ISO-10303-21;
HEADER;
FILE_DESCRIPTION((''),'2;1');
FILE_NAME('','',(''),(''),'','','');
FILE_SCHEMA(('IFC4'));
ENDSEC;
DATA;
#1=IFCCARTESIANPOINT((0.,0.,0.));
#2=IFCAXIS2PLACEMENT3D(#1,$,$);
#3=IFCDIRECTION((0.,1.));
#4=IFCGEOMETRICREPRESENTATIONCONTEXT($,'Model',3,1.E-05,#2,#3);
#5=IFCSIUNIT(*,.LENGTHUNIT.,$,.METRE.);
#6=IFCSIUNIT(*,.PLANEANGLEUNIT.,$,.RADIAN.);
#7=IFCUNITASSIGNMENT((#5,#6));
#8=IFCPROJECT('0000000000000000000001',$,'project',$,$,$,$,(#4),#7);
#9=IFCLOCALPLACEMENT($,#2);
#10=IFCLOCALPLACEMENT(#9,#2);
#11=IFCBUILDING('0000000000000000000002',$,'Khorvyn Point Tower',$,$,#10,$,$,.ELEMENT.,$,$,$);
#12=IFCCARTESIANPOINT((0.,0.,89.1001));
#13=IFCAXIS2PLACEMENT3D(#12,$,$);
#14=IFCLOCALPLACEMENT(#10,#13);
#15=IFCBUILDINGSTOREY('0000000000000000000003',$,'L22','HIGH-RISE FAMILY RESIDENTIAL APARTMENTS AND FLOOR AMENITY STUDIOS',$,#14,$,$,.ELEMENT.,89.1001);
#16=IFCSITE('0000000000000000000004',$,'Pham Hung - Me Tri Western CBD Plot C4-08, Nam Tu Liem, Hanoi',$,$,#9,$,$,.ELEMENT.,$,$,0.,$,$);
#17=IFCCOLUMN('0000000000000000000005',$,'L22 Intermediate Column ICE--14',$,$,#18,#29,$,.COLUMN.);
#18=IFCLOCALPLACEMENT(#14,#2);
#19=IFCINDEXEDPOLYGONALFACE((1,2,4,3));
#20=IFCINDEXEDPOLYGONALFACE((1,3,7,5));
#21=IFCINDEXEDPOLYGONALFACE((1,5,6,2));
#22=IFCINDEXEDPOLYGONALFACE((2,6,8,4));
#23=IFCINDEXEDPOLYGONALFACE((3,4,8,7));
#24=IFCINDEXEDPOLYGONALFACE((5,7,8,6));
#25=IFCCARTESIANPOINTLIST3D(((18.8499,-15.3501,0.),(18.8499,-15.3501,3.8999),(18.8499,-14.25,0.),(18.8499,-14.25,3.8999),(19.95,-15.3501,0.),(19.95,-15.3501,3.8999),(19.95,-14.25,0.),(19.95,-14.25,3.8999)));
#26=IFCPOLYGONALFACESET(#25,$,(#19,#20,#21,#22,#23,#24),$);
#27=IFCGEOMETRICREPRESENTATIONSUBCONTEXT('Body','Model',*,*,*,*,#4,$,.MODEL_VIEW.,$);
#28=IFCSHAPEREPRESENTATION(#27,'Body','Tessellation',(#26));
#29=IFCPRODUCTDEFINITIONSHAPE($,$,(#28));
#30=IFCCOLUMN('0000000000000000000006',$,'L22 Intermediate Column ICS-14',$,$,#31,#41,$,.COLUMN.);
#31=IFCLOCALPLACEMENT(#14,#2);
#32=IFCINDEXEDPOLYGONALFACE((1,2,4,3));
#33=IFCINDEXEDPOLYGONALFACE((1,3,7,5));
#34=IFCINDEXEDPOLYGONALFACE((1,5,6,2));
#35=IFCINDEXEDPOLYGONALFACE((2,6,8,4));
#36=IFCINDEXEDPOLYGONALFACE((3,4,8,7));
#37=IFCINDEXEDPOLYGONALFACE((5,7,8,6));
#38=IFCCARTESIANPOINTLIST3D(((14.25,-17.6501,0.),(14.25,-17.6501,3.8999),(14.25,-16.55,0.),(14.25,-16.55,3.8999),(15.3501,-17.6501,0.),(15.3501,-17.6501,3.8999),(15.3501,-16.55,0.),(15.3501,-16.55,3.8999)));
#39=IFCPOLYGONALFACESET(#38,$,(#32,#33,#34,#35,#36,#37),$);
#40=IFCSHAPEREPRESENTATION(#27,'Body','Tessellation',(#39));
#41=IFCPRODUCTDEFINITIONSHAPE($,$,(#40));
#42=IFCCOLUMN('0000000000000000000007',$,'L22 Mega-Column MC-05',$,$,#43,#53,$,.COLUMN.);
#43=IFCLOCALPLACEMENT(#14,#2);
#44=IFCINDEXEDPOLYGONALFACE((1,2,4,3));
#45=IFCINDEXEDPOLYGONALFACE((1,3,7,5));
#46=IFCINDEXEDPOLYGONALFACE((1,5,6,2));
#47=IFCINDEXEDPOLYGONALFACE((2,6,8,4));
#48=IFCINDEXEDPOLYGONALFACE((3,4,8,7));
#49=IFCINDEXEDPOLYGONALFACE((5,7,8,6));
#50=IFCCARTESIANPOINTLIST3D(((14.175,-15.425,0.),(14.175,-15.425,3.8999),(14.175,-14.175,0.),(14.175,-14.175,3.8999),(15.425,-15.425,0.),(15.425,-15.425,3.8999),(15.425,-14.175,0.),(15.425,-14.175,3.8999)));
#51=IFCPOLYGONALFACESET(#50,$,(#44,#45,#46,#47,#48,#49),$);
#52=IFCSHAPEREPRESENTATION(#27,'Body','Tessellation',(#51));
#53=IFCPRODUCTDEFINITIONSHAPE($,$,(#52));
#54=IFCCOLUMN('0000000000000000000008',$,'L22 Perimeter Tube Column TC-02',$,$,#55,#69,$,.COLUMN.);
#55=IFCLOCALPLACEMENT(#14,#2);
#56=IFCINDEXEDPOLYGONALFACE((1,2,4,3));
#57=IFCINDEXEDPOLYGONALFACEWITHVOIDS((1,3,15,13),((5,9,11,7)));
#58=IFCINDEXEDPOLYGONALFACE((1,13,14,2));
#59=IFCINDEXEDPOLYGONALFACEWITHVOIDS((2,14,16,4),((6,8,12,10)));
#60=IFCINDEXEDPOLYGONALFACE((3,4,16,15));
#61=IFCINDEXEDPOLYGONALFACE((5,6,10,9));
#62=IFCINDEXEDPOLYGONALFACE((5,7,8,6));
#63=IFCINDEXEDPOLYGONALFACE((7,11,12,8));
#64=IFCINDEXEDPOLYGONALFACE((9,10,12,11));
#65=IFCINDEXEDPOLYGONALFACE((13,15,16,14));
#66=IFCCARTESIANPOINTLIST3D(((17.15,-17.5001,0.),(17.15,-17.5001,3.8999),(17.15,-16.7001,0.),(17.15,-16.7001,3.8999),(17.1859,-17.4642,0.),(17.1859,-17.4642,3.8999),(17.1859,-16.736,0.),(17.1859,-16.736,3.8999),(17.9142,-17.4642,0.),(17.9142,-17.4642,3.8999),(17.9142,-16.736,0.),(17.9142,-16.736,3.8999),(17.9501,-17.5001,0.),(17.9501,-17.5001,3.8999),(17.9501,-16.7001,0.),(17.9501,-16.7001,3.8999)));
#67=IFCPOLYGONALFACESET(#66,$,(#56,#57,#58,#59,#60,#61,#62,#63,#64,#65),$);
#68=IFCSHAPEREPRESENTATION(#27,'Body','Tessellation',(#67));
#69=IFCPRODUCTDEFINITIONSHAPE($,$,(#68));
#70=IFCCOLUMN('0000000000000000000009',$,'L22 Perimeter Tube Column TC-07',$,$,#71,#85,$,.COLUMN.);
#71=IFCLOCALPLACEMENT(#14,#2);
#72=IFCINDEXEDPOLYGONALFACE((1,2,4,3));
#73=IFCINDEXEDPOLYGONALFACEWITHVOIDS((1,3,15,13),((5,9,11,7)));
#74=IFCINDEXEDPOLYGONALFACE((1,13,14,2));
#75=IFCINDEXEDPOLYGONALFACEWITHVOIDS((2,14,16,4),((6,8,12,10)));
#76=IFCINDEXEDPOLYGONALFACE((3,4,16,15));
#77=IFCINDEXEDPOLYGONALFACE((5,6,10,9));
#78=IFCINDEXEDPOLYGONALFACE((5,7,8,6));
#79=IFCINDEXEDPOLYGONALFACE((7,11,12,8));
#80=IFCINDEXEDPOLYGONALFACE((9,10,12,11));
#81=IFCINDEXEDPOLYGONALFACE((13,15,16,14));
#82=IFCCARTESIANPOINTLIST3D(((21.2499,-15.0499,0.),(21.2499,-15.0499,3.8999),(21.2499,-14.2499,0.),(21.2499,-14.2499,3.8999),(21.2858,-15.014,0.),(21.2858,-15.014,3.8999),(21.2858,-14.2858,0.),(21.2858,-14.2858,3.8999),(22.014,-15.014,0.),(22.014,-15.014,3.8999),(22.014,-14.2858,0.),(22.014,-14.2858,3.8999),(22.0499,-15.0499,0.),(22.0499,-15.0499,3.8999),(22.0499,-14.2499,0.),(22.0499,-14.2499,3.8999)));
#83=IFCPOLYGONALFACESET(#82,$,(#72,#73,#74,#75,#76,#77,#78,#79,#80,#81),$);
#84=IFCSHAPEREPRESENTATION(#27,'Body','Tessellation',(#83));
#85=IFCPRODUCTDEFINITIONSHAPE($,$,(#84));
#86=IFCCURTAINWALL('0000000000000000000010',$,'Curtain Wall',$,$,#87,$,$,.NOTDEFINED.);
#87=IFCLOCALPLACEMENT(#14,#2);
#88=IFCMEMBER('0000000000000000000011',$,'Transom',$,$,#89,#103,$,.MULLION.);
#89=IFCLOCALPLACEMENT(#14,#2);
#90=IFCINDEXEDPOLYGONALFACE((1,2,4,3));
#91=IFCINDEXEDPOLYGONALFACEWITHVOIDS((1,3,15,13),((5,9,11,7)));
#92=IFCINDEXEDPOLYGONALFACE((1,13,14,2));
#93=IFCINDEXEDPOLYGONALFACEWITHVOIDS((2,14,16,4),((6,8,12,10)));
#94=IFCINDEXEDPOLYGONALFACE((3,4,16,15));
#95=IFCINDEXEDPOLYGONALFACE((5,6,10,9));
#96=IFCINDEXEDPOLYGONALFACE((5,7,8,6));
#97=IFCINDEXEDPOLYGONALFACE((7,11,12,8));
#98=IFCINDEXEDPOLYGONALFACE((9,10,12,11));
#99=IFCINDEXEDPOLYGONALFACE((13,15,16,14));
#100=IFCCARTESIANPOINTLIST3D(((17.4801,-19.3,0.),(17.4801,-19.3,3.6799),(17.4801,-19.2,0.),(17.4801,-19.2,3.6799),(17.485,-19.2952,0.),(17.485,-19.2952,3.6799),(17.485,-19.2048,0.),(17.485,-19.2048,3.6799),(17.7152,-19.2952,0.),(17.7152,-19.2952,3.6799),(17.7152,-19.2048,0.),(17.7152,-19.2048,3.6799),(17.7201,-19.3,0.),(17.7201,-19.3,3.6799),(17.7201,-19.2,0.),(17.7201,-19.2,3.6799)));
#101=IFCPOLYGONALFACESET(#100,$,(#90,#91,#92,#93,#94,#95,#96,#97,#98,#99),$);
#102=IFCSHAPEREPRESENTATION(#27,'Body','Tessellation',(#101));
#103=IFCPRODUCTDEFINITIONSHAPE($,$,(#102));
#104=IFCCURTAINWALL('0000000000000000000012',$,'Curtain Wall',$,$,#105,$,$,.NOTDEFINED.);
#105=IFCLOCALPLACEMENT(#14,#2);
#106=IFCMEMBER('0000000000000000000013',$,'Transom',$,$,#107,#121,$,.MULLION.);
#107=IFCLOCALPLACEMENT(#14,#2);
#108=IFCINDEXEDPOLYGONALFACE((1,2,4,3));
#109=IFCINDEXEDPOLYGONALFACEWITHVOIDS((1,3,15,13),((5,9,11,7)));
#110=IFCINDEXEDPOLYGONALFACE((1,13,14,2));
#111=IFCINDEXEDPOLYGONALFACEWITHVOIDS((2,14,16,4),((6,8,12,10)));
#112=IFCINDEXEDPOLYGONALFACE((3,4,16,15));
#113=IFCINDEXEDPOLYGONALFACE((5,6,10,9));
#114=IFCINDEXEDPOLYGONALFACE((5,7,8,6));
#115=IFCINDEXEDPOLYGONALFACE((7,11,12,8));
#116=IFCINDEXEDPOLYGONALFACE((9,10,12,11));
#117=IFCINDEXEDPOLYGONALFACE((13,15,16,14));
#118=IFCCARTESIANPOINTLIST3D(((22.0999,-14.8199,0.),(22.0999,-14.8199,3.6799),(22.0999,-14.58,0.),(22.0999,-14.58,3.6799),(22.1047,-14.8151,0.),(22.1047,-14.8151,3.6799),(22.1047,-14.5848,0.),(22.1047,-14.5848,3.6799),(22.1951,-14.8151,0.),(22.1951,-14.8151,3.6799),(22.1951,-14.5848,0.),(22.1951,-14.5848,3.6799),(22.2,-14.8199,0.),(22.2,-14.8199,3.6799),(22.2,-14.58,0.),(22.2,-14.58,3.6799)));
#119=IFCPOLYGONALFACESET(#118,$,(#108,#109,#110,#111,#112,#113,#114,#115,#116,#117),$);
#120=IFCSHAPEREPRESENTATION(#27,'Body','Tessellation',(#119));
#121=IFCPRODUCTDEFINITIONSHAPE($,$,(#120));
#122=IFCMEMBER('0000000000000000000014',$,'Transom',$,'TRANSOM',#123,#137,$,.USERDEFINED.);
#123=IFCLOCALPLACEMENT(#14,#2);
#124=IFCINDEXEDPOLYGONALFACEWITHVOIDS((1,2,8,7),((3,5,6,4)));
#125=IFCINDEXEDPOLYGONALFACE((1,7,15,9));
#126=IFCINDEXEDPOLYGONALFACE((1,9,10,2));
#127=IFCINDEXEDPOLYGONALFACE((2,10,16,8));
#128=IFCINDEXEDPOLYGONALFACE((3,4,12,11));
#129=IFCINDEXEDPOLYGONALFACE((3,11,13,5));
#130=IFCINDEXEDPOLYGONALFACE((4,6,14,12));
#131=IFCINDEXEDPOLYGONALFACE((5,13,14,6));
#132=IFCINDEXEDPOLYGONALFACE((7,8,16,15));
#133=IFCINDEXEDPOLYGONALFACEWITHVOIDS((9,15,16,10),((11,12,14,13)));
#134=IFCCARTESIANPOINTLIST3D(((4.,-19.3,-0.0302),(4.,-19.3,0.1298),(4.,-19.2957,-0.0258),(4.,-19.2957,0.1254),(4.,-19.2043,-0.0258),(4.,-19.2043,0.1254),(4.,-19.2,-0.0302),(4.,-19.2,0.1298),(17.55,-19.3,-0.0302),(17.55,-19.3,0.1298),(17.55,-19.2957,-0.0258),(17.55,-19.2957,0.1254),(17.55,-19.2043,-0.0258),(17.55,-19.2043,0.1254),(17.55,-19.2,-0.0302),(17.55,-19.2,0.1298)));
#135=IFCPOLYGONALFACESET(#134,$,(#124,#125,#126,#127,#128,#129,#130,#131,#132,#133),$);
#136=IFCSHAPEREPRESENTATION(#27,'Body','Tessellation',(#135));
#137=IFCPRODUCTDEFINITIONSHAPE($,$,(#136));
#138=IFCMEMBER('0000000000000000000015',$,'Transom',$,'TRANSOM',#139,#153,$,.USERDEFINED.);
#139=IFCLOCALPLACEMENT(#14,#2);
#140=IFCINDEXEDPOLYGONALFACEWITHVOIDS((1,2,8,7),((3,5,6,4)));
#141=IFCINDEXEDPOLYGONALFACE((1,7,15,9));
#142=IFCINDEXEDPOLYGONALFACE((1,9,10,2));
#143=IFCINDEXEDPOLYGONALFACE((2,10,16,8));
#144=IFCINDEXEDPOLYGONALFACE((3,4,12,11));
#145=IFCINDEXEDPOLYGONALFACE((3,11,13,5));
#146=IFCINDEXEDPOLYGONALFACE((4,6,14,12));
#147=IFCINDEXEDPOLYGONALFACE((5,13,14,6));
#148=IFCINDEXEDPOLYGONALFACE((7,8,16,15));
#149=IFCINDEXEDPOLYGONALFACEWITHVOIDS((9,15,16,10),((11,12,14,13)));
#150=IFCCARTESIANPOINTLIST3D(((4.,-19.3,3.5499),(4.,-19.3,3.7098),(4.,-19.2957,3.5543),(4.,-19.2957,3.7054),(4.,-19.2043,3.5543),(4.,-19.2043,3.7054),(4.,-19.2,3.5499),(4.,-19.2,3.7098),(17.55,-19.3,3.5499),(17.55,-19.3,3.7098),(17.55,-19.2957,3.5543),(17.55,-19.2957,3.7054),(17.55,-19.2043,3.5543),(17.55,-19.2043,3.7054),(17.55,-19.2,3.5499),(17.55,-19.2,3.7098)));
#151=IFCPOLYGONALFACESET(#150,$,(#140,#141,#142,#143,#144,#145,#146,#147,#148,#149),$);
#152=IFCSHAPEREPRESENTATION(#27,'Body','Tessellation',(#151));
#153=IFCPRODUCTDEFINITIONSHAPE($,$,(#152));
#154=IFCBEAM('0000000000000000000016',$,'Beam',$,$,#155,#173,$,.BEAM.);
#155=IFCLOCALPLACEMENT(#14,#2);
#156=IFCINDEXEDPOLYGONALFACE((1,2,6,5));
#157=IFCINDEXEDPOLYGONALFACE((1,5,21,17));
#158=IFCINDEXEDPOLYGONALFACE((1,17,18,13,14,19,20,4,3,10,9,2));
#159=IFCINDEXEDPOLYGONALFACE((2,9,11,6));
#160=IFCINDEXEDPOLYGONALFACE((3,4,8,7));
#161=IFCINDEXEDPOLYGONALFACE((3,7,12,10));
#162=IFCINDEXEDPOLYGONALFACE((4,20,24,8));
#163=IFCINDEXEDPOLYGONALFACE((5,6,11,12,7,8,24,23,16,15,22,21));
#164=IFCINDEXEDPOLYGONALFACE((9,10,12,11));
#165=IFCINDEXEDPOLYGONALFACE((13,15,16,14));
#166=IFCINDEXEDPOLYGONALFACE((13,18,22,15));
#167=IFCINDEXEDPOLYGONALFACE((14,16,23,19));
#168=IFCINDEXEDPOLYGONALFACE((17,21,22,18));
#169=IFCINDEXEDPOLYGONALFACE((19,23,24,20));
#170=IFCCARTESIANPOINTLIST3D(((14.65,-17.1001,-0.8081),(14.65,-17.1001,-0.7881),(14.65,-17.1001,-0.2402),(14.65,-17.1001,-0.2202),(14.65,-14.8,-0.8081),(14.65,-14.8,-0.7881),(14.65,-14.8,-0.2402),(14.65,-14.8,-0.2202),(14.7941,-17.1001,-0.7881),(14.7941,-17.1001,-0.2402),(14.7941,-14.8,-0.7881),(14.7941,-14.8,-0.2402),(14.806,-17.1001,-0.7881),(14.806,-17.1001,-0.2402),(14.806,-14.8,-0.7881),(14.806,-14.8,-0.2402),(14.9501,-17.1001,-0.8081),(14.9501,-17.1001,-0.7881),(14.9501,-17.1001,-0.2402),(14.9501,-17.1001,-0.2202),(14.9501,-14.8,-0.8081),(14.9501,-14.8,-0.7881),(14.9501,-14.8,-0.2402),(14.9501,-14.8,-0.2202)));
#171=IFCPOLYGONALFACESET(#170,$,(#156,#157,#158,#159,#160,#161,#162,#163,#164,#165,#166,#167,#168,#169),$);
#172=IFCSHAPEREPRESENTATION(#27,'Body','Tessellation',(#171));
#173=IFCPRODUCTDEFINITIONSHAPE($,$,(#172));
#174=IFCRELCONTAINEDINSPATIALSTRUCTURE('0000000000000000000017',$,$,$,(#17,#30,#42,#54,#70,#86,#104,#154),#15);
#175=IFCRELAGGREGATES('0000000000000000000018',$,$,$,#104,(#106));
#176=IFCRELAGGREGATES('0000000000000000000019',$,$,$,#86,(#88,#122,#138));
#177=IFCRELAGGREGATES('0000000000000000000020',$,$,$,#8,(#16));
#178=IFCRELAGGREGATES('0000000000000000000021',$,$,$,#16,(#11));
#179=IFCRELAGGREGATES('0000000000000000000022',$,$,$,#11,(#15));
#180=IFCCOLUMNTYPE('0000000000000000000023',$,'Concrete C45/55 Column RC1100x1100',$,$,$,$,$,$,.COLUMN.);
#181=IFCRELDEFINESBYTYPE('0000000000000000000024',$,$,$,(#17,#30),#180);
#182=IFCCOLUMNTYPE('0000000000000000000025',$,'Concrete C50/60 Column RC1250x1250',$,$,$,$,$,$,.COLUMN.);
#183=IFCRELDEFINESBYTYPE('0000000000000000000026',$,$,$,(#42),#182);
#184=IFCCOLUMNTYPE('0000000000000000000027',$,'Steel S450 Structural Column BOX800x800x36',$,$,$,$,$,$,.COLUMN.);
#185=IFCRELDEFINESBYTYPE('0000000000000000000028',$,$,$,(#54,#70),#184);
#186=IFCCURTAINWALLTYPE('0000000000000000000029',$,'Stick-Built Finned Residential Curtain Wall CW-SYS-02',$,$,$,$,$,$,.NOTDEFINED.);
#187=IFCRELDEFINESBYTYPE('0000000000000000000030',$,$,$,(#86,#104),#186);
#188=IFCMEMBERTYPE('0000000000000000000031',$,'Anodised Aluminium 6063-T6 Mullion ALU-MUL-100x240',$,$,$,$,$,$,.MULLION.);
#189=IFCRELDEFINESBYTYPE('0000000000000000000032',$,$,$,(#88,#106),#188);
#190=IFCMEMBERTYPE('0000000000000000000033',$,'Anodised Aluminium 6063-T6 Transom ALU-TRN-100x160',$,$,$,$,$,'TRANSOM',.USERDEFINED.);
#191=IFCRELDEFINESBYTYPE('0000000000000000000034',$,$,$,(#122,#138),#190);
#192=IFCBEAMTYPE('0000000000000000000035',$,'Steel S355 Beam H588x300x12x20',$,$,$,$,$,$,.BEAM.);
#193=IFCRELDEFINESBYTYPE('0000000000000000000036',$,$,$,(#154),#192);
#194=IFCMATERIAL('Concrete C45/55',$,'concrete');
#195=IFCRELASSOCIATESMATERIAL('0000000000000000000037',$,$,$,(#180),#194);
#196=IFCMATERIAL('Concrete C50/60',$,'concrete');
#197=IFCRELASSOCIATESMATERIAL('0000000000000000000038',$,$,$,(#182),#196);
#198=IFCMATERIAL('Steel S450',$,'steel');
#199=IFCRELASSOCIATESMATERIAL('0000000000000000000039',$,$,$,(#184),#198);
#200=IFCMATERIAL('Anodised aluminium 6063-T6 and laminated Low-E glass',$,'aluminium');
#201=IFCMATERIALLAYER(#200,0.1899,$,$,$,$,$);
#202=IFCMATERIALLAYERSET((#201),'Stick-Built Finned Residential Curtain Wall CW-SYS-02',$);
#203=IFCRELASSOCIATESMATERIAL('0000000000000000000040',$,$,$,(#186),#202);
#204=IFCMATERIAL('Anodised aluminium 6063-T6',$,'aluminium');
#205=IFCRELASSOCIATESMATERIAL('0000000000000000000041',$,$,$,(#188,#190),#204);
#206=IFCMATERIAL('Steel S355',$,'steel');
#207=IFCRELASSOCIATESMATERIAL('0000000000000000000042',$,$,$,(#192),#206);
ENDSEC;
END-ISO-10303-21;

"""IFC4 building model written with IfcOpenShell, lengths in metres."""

from ifc_helpers import new_model, si_unit, direction, frame, origin, origin_2d, place, context, subcontext, project, spatial, rectangle, hollow_rectangle, i_section, extrude, material, layer, layer_set, material_profile, profile_set, type_object, element, aggregate, save


model = new_model("IFC4")

# Units and contexts
model_context = context("Model", 3, precision=1e-05, world=origin(), true_north=direction((0.0, 1.0)))
body_context = subcontext(model_context, "Body", "Model", "MODEL_VIEW")
ifc_project = project(units=[si_unit("LENGTHUNIT", "METRE"), si_unit("PLANEANGLEUNIT", "RADIAN")], contexts=[model_context])

# Site, building, storey
site_placement = place(None, origin())
site = spatial("IfcSite", under=ifc_project, at=site_placement, Name="Pham Hung - Me Tri Western CBD Plot C4-08, Nam Tu Liem, Hanoi", CompositionType="ELEMENT", RefElevation=0.0)
building_placement = place(site_placement, origin())
building = spatial("IfcBuilding", under=site, at=building_placement, Name="Khorvyn Point Tower", CompositionType="ELEMENT")
storey_placement = place(building_placement, frame((0.0, 0.0, 89.1001)))
storey = spatial("IfcBuildingStorey", under=building, at=storey_placement, Name="L22", Description="HIGH-RISE FAMILY RESIDENTIAL APARTMENTS AND FLOOR AMENITY STUDIOS", CompositionType="ELEMENT", Elevation=89.1001)

# Columns
ifc_material_1 = material(Name="Concrete C45/55", Category="concrete")
ifc_material_profile_1 = material_profile(ifc_material_1, rectangle(XDim=1.1001, YDim=1.1001, at=origin_2d()))
ifc_profile_set_1 = profile_set([ifc_material_profile_1], Name="Concrete C45/55 RC1100x1100")
column_type_1 = type_object("IfcColumnType", Name="Concrete C45/55 Column RC1100x1100", PredefinedType="COLUMN", material=ifc_profile_set_1)
for number, where, z_axis, x_axis, name in (
    (1, (19.3999, -14.8, 0.0), (0.0, 0.0, 1.0), (1.0, 0.0, 0.0), "L22 Intermediate Column ICE--14"),
    (2, (14.8, -17.1001, 0.0), (0.0, 0.0, 1.0), (1.0, 0.0, 0.0), "L22 Intermediate Column ICS-14"),
):
    element("IfcColumn", number, at=place(storey_placement, frame(where, z_axis=z_axis, x_axis=x_axis)), inside=storey, type_object=column_type_1, Name=name, PredefinedType="COLUMN", context=body_context, shape_type="SweptSolid", body=[
        extrude(rectangle(XDim=1.1001, YDim=1.1001, at=origin_2d()), origin(), (0.0, 0.0, 1.0), 3.8999),
    ])
ifc_material_2 = material(Name="Concrete C50/60", Category="concrete")
ifc_material_profile_2 = material_profile(ifc_material_2, rectangle(XDim=1.25, YDim=1.25, at=origin_2d()))
ifc_profile_set_2 = profile_set([ifc_material_profile_2], Name="Concrete C50/60 RC1250x1250")
column_type_2 = type_object("IfcColumnType", Name="Concrete C50/60 Column RC1250x1250", PredefinedType="COLUMN", material=ifc_profile_set_2)
column_placement = place(storey_placement, frame((14.8, -14.8, 0.0), z_axis=(0.0, 0.0, 1.0), x_axis=(1.0, 0.0, 0.0)))
element("IfcColumn", 3, at=column_placement, inside=storey, type_object=column_type_2, Name="L22 Mega-Column MC-05", PredefinedType="COLUMN", context=body_context, shape_type="SweptSolid", body=[
    extrude(rectangle(XDim=1.25, YDim=1.25, at=origin_2d()), origin(), (0.0, 0.0, 1.0), 3.8999),
])
ifc_material_3 = material(Name="Steel S450", Category="steel")
ifc_material_profile_3 = material_profile(ifc_material_3, hollow_rectangle(XDim=0.8, YDim=0.8, WallThickness=0.0359, at=origin_2d()))
ifc_profile_set_3 = profile_set([ifc_material_profile_3], Name="Steel S450 BOX800x800x36")
column_type_3 = type_object("IfcColumnType", Name="Steel S450 Structural Column BOX800x800x36", PredefinedType="COLUMN", material=ifc_profile_set_3)
for number, where, z_axis, x_axis, name in (
    (4, (17.55, -17.1001, 0.0), (0.0, 0.0, 1.0), (1.0, 0.0, 0.0), "L22 Perimeter Tube Column TC-02"),
    (5, (21.6499, -14.6499, 0.0), (0.0, 0.0, 1.0), (1.0, 0.0, 0.0), "L22 Perimeter Tube Column TC-07"),
):
    element("IfcColumn", number, at=place(storey_placement, frame(where, z_axis=z_axis, x_axis=x_axis)), inside=storey, type_object=column_type_3, Name=name, PredefinedType="COLUMN", context=body_context, shape_type="SweptSolid", body=[
        extrude(hollow_rectangle(XDim=0.8, YDim=0.8, WallThickness=0.0359, at=origin_2d()), origin(), (0.0, 0.0, 1.0), 3.8999),
    ])

# Curtain walls, members
ifc_material_4 = material(Name="Anodised aluminium 6063-T6 and laminated Low-E glass", Category="aluminium")
ifc_layer_1 = layer(ifc_material_4, 0.1899)
ifc_layer_set_1 = layer_set([ifc_layer_1], Name="Stick-Built Finned Residential Curtain Wall CW-SYS-02")
curtain_wall_type = type_object("IfcCurtainWallType", Name="Stick-Built Finned Residential Curtain Wall CW-SYS-02", PredefinedType="NOTDEFINED", material=ifc_layer_set_1)
curtain_wall_1_placement = place(storey_placement, origin())
curtain_wall_1 = element("IfcCurtainWall", 6, at=curtain_wall_1_placement, inside=storey, type_object=curtain_wall_type, Name="Curtain Wall", PredefinedType="NOTDEFINED")
ifc_material_5 = material(Name="Anodised aluminium 6063-T6", Category="aluminium")
ifc_material_profile_4 = material_profile(ifc_material_5, hollow_rectangle(XDim=0.1001, YDim=0.24, WallThickness=0.0049, at=origin_2d()))
ifc_profile_set_4 = profile_set([ifc_material_profile_4], Name="Anodised aluminium 6063-T6 ALU-MUL-100x240")
member_type_1 = type_object("IfcMemberType", Name="Anodised Aluminium 6063-T6 Mullion ALU-MUL-100x240", PredefinedType="MULLION", material=ifc_profile_set_4)
member_1_placement = place(storey_placement, frame((17.6001, -19.25, 0.0), z_axis=(0.0, 0.0, 1.0), x_axis=(0.0, -1.0, 0.0)))
member_1 = element("IfcMember", 7, at=member_1_placement, type_object=member_type_1, Name="Transom", PredefinedType="MULLION", context=body_context, shape_type="SweptSolid", body=[
    extrude(hollow_rectangle(XDim=0.1001, YDim=0.24, WallThickness=0.0049, at=origin_2d()), origin(), (0.0, 0.0, 1.0), 3.6799),
])
curtain_wall_2_placement = place(storey_placement, origin())
curtain_wall_2 = element("IfcCurtainWall", 8, at=curtain_wall_2_placement, inside=storey, type_object=curtain_wall_type, Name="Curtain Wall", PredefinedType="NOTDEFINED")
member_2_placement = place(storey_placement, frame((22.1499, -14.7, 0.0), z_axis=(0.0, 0.0, 1.0), x_axis=(1.0, 0.0, 0.0)))
member_2 = element("IfcMember", 9, at=member_2_placement, type_object=member_type_1, Name="Transom", PredefinedType="MULLION", context=body_context, shape_type="SweptSolid", body=[
    extrude(hollow_rectangle(XDim=0.1001, YDim=0.24, WallThickness=0.0049, at=origin_2d()), origin(), (0.0, 0.0, 1.0), 3.6799),
])
aggregate(curtain_wall_2, [member_2])

# Members
ifc_material_profile_5 = material_profile(ifc_material_5, hollow_rectangle(XDim=0.1001, YDim=0.1599, WallThickness=0.0044, at=origin_2d()))
ifc_profile_set_5 = profile_set([ifc_material_profile_5], Name="Anodised aluminium 6063-T6 ALU-TRN-100x160")
member_type_2 = type_object("IfcMemberType", Name="Anodised Aluminium 6063-T6 Transom ALU-TRN-100x160", ElementType="TRANSOM", PredefinedType="USERDEFINED", material=ifc_profile_set_5)
member_3_placement = place(storey_placement, frame((17.55, -19.25, 0.0498), z_axis=(-1.0, 0.0, 0.0), x_axis=(0.0, -1.0, 0.0)))
member_3 = element("IfcMember", 10, at=member_3_placement, type_object=member_type_2, Name="Transom", ObjectType="TRANSOM", PredefinedType="USERDEFINED", context=body_context, shape_type="SweptSolid", body=[
    extrude(hollow_rectangle(XDim=0.1001, YDim=0.1599, WallThickness=0.0044, at=origin_2d()), origin(), (0.0, 0.0, 1.0), 13.55),
])
member_4_placement = place(storey_placement, frame((17.55, -19.25, 3.6299), z_axis=(-1.0, 0.0, 0.0), x_axis=(0.0, -1.0, 0.0)))
member_4 = element("IfcMember", 11, at=member_4_placement, type_object=member_type_2, Name="Transom", ObjectType="TRANSOM", PredefinedType="USERDEFINED", context=body_context, shape_type="SweptSolid", body=[
    extrude(hollow_rectangle(XDim=0.1001, YDim=0.1599, WallThickness=0.0044, at=origin_2d()), origin(), (0.0, 0.0, 1.0), 13.55),
])

# Beam
ifc_material_6 = material(Name="Steel S355", Category="steel")
ifc_material_profile_6 = material_profile(ifc_material_6, i_section(OverallWidth=0.3, OverallDepth=0.5879, WebThickness=0.012, FlangeThickness=0.02, at=origin_2d()))
ifc_profile_set_6 = profile_set([ifc_material_profile_6], Name="Steel S355 H588x300x12x20")
beam_type_1 = type_object("IfcBeamType", Name="Steel S355 Beam H588x300x12x20", PredefinedType="BEAM", material=ifc_profile_set_6)
beam_1_placement = place(storey_placement, frame((14.8, -17.1001, -0.5142), z_axis=(0.0, 1.0, 0.0), x_axis=(-1.0, 0.0, 0.0)))
element("IfcBeam", 12, at=beam_1_placement, inside=storey, type_object=beam_type_1, Name="Beam", PredefinedType="BEAM", context=body_context, shape_type="SweptSolid", body=[
    extrude(i_section(OverallWidth=0.3, OverallDepth=0.5879, WebThickness=0.012, FlangeThickness=0.02, at=origin_2d()), origin(), (0.0, 0.0, 1.0), 2.3),
])

aggregate(curtain_wall_1, [member_1, member_3, member_4])

save(model, "model.ifc")
